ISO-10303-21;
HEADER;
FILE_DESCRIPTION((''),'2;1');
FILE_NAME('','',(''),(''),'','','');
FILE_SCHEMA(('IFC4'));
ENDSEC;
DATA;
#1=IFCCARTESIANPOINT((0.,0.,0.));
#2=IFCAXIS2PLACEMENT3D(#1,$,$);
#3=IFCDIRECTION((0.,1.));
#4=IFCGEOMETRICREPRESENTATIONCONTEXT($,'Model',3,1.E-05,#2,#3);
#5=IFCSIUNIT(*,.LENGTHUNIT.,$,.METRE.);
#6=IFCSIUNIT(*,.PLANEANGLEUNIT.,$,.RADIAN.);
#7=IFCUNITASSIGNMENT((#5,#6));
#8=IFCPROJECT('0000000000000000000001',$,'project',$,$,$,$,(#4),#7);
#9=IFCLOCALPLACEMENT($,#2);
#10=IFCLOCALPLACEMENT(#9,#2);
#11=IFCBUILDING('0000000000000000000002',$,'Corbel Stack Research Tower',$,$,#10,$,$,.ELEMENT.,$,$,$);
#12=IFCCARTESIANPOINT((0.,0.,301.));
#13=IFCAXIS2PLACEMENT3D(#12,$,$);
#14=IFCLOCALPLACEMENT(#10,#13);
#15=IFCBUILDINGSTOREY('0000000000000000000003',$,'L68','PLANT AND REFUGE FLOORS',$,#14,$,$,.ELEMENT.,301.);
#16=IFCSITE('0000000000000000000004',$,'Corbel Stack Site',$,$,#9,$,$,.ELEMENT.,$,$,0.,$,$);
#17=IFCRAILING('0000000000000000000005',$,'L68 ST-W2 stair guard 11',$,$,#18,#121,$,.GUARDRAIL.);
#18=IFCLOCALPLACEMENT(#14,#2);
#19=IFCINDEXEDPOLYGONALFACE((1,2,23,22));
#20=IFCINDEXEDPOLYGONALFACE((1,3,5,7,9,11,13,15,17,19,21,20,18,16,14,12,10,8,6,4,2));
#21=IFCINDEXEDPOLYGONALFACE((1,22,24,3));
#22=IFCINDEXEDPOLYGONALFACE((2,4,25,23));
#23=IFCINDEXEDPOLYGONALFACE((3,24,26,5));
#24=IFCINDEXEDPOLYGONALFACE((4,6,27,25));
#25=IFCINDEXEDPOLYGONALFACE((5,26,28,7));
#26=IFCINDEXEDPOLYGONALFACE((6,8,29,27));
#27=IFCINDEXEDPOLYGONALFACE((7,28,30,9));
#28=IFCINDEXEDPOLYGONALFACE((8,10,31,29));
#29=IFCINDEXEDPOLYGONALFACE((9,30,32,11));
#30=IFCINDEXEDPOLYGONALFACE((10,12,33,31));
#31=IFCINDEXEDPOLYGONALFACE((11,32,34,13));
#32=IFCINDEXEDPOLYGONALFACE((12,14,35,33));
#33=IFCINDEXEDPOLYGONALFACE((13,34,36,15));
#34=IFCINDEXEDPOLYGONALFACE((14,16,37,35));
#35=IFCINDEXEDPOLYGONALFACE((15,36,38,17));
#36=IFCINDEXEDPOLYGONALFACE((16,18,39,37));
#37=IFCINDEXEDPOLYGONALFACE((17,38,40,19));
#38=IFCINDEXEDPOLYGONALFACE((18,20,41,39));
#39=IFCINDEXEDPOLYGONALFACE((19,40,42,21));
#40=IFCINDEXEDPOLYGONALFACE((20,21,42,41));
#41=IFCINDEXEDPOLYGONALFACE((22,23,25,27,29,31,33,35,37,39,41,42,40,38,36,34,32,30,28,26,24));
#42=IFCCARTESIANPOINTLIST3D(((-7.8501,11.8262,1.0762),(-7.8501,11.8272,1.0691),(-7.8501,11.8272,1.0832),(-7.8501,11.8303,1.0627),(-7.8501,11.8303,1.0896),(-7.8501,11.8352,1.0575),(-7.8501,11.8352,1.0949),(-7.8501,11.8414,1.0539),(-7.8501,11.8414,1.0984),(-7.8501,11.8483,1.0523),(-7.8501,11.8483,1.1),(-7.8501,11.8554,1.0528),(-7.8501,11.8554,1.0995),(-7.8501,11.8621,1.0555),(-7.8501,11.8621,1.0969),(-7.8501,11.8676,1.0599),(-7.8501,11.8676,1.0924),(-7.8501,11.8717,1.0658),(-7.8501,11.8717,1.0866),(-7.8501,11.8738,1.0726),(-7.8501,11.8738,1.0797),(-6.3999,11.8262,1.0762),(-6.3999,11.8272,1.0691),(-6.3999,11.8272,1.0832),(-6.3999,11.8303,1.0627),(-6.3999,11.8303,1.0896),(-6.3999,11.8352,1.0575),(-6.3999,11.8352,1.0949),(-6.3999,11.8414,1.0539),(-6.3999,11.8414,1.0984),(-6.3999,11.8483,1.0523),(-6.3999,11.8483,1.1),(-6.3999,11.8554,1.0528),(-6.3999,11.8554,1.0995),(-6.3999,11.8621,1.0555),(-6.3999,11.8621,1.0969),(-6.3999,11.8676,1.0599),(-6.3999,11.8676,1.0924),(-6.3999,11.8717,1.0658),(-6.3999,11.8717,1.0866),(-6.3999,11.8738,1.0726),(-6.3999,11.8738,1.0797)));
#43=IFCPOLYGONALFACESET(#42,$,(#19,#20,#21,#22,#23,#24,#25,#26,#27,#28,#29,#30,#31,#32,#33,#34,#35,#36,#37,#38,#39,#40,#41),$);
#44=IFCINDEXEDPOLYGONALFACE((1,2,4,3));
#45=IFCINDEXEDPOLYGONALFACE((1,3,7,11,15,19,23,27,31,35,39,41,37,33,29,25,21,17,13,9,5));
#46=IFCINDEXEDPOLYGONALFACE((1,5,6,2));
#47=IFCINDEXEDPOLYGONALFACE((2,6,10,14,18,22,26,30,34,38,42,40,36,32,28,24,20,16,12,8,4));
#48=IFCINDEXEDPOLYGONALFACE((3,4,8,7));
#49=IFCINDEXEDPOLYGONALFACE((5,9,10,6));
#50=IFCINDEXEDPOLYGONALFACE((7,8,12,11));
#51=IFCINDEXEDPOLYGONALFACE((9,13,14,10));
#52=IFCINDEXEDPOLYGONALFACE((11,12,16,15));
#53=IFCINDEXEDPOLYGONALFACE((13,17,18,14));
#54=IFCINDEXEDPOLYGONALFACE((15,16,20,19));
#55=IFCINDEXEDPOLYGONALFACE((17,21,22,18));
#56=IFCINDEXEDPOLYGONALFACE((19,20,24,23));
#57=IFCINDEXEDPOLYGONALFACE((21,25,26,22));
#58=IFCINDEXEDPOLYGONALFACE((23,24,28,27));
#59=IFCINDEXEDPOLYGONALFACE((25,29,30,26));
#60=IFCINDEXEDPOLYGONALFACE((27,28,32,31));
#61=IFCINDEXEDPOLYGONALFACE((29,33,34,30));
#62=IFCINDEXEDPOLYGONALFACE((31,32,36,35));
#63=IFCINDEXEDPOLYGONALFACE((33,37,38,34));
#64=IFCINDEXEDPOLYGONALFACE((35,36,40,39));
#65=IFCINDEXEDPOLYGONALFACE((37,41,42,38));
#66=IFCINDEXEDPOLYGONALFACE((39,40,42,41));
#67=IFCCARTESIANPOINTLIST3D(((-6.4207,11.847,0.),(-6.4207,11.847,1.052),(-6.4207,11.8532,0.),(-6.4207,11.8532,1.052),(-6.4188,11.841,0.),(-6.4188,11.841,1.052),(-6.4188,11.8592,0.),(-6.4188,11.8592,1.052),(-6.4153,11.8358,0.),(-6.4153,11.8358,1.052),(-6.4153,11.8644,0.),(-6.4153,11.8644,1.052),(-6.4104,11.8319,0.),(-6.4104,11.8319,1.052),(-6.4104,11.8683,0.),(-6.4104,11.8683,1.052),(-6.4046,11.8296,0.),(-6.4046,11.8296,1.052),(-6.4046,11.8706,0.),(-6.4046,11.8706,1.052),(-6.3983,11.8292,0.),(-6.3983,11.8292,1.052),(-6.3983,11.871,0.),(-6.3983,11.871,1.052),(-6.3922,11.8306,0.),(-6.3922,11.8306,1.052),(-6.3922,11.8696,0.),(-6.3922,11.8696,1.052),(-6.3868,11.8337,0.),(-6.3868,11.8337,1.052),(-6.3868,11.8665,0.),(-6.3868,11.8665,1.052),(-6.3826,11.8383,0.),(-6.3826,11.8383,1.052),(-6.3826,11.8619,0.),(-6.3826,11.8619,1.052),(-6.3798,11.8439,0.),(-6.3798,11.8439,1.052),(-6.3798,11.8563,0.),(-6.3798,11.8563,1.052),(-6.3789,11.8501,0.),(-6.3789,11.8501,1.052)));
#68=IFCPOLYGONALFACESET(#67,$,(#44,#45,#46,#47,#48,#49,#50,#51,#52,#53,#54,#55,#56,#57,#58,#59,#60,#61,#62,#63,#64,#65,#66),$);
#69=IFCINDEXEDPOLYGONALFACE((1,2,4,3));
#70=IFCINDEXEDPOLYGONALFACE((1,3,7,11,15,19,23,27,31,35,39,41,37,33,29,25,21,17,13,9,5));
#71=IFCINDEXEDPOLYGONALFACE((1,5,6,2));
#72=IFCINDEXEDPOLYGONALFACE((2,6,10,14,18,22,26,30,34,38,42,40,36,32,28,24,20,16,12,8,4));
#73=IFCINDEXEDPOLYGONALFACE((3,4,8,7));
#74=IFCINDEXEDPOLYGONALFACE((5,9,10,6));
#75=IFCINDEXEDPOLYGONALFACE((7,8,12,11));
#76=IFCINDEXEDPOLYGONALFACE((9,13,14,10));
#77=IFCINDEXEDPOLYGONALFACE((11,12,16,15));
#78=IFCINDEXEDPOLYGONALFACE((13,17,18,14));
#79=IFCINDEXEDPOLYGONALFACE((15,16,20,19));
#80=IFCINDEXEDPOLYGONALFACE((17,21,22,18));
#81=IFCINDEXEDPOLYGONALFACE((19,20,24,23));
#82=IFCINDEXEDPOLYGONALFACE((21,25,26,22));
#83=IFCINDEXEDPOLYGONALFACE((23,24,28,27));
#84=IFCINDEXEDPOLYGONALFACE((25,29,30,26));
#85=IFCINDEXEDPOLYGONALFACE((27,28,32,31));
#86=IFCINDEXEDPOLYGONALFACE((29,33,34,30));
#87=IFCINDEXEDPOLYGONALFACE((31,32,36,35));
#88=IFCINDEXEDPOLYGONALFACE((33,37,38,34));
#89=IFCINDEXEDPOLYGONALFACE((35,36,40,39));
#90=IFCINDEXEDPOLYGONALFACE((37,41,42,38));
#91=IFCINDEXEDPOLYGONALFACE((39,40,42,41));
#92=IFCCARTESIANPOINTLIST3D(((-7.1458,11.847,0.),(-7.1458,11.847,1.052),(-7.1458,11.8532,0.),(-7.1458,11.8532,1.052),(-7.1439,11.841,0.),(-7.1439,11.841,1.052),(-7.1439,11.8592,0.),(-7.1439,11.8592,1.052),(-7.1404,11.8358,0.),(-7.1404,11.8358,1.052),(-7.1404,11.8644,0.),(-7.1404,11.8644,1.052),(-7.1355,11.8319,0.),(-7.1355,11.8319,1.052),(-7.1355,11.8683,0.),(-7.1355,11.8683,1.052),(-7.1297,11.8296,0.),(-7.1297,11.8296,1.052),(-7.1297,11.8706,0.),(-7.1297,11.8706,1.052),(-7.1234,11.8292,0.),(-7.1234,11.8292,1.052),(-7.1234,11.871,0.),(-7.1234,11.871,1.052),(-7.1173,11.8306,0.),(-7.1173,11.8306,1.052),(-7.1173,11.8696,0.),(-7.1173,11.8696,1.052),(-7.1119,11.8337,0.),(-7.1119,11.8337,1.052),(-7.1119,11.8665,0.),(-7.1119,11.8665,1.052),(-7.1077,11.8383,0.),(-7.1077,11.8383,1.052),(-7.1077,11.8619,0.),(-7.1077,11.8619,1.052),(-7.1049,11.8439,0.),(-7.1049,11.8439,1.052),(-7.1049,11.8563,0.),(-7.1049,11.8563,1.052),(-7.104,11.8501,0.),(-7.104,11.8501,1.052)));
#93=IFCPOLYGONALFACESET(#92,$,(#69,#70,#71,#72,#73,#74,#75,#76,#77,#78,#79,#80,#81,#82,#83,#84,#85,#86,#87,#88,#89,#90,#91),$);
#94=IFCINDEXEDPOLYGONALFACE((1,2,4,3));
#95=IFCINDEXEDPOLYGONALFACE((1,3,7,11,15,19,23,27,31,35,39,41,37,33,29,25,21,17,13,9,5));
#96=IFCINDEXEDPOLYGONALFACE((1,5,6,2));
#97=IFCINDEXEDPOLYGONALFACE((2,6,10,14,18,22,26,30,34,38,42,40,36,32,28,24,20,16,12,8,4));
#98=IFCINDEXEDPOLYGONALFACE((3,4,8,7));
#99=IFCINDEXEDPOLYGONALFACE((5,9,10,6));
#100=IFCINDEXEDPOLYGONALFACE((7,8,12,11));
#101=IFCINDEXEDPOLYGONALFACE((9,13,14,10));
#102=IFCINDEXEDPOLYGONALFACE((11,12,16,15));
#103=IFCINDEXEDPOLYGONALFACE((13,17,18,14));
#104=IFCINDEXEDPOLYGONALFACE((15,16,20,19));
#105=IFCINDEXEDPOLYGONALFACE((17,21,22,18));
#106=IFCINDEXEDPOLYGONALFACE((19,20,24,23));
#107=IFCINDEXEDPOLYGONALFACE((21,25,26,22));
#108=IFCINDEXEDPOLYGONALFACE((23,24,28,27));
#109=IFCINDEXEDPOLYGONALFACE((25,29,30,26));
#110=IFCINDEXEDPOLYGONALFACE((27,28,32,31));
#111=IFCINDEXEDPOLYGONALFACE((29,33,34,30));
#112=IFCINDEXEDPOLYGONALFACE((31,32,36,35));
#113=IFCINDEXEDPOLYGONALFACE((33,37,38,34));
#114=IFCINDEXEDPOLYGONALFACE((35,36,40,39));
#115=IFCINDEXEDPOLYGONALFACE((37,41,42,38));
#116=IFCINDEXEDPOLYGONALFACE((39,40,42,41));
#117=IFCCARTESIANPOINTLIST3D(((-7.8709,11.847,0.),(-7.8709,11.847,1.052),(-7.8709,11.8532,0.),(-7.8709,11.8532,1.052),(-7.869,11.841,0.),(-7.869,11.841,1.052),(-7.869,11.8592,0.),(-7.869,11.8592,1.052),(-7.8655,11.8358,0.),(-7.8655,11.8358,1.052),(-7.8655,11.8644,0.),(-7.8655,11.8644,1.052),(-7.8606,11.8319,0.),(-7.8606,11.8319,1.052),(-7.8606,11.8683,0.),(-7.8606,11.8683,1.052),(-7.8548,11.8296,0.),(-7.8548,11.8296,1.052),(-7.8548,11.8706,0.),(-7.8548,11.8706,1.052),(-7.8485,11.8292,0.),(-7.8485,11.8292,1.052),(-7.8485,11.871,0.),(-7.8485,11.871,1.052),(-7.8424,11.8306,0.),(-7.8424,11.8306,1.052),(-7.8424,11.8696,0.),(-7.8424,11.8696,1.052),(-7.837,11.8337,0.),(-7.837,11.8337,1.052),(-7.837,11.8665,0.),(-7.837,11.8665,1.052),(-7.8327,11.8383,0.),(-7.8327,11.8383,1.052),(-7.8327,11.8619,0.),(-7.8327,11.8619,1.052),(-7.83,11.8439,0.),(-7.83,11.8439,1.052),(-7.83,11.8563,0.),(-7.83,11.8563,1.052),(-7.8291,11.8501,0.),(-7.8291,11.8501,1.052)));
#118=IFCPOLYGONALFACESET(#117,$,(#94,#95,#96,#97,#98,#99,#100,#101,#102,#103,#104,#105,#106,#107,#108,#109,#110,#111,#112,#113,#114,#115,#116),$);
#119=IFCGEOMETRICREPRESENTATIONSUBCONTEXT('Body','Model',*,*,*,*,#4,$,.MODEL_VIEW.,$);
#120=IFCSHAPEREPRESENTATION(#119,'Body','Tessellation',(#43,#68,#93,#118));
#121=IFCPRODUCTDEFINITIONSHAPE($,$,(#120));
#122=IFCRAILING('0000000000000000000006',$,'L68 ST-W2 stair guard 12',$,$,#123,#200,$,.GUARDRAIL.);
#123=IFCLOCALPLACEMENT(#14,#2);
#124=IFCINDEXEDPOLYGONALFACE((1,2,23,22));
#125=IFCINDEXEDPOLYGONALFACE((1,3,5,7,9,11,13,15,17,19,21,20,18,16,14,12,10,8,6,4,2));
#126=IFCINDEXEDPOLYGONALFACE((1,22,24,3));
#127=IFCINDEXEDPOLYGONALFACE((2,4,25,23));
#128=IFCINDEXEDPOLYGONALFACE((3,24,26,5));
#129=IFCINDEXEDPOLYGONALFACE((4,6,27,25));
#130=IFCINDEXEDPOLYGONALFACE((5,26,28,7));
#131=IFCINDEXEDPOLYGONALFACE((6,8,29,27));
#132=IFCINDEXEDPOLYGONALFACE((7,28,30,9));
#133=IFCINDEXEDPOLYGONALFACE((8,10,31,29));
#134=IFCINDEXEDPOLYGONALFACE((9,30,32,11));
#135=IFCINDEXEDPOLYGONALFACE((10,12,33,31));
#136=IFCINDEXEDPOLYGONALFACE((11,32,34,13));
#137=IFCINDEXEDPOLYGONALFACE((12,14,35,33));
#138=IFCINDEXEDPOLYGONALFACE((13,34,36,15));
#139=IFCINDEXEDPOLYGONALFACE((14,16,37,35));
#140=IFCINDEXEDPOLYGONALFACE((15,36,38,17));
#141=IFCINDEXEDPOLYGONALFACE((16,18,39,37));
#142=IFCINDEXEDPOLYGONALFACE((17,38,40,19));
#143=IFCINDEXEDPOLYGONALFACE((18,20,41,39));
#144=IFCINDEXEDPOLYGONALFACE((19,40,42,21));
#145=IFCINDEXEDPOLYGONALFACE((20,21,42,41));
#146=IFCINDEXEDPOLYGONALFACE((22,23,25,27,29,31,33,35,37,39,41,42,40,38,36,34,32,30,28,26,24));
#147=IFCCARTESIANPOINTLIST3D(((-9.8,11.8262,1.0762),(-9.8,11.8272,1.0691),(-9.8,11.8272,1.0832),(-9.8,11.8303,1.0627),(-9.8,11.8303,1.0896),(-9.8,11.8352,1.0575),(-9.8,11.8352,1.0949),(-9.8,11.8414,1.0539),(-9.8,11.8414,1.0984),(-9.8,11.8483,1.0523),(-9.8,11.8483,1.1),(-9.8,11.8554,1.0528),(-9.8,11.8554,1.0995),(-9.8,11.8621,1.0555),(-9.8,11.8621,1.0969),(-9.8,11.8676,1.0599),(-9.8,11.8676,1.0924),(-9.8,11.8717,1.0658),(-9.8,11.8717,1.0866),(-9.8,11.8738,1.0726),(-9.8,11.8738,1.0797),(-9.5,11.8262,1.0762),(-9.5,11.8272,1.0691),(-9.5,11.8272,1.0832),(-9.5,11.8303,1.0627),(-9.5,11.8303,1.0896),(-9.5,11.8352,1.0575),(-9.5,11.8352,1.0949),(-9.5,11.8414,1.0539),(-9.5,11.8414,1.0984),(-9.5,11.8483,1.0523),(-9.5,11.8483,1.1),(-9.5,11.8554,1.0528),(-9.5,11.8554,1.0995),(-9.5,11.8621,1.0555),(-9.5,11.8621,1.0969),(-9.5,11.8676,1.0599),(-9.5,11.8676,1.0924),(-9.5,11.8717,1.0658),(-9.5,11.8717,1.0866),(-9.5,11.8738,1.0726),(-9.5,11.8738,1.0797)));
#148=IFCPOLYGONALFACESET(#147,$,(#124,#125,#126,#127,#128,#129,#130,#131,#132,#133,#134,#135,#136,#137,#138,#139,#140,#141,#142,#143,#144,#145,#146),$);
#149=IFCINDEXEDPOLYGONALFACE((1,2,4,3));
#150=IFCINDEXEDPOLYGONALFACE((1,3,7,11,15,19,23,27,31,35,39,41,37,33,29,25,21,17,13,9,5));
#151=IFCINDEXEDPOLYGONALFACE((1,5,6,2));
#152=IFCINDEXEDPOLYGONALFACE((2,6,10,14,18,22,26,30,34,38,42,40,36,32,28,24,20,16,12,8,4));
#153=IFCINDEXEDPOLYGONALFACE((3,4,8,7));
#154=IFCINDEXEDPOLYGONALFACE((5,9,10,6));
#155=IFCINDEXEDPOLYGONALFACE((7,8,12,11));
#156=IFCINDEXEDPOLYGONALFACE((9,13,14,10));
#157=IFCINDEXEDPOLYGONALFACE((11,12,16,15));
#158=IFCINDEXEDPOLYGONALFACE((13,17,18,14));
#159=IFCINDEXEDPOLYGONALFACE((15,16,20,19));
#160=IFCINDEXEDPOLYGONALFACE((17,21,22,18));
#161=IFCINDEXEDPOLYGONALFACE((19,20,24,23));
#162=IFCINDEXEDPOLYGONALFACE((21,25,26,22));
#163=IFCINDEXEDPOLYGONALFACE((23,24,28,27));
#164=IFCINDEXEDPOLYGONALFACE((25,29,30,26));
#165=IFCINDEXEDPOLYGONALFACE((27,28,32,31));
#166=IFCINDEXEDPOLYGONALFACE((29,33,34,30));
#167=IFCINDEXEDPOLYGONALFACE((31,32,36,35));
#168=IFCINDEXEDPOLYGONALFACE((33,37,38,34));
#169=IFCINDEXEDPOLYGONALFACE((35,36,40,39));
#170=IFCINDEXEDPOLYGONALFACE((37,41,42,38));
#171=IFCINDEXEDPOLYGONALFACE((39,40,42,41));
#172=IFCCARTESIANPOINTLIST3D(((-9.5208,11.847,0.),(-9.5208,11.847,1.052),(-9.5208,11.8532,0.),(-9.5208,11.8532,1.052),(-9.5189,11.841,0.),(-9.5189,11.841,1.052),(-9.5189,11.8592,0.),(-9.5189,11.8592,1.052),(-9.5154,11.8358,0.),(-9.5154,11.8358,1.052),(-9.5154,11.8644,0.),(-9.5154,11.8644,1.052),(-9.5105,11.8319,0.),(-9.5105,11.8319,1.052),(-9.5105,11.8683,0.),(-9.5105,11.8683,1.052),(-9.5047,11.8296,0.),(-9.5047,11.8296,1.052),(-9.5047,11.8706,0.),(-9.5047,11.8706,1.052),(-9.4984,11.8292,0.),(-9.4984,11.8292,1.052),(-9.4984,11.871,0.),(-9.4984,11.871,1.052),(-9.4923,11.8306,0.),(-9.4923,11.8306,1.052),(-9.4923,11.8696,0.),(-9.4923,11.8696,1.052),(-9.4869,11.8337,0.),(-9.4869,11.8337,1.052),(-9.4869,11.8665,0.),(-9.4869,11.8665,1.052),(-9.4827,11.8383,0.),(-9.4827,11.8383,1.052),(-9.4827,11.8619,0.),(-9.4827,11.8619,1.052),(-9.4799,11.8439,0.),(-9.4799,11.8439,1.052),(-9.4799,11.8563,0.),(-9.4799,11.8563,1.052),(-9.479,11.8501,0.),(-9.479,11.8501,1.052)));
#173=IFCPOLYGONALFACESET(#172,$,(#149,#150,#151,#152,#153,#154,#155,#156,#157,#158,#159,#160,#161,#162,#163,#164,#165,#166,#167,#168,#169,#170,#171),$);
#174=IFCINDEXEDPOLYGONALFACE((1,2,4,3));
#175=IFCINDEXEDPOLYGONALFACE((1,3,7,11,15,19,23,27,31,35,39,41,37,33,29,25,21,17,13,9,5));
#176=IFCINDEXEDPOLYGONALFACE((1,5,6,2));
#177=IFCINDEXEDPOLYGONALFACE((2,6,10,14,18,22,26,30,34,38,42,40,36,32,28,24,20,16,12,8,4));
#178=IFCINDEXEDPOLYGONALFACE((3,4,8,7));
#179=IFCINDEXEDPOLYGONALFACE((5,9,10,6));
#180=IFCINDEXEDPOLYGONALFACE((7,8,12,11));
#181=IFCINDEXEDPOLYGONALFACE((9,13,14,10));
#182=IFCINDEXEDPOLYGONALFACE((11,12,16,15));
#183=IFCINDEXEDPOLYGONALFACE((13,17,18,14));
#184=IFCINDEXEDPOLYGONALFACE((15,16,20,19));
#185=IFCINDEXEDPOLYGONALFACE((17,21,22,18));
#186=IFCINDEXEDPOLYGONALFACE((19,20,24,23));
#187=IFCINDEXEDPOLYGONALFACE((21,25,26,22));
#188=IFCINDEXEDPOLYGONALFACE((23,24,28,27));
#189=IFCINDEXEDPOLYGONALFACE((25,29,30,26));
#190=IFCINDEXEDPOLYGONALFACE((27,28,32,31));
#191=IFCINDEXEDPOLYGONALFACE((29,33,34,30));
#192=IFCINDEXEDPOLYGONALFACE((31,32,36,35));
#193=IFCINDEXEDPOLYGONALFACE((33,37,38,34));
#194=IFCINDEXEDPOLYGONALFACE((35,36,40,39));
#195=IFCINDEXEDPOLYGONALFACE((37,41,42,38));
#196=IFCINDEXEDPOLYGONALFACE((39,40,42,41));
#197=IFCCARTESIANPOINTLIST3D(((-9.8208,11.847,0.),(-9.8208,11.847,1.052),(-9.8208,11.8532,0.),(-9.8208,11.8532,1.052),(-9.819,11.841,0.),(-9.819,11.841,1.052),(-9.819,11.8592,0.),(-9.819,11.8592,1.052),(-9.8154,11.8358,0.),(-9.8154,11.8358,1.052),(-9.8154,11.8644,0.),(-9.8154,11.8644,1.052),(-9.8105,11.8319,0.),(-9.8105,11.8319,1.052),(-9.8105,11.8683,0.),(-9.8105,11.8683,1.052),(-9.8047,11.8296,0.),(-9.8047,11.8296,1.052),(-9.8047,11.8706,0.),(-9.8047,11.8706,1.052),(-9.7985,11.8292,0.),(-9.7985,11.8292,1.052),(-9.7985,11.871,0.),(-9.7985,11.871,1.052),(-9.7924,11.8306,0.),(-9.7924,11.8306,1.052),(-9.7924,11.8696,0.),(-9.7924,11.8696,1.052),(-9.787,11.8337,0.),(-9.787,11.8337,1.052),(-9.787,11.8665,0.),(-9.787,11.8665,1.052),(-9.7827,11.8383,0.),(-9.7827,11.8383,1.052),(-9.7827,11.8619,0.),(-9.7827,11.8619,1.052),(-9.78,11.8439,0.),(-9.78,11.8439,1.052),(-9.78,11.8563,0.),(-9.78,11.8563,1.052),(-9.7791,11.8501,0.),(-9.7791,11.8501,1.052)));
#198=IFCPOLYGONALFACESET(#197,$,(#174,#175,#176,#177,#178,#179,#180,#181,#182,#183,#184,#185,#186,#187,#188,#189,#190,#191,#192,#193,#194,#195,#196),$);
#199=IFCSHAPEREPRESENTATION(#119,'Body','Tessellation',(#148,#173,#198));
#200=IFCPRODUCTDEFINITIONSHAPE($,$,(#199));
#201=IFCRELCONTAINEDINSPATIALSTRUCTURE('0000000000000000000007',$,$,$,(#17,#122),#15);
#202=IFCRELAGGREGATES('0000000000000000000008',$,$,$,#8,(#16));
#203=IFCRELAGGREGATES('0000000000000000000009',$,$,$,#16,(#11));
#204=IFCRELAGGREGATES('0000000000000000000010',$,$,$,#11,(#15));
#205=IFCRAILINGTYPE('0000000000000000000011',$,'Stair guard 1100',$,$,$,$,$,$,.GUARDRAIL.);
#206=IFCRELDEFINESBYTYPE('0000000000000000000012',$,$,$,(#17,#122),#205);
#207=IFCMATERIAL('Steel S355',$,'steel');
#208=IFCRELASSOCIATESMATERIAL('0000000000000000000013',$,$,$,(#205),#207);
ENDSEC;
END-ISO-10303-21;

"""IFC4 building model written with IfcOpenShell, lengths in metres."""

from ifc_helpers import new_model, si_unit, direction, frame, origin, origin_2d, place, context, subcontext, project, spatial, circle, extrude, material, type_object, element, save


model = new_model("IFC4")

# Units and contexts
model_context = context("Model", 3, precision=1e-05, world=origin(), true_north=direction((0.0, 1.0)))
body_context = subcontext(model_context, "Body", "Model", "MODEL_VIEW")
ifc_project = project(units=[si_unit("LENGTHUNIT", "METRE"), si_unit("PLANEANGLEUNIT", "RADIAN")], contexts=[model_context])

# Site, building, storey
site_placement = place(None, origin())
site = spatial("IfcSite", under=ifc_project, at=site_placement, Name="Corbel Stack Site", CompositionType="ELEMENT", RefElevation=0.0)
building_placement = place(site_placement, origin())
building = spatial("IfcBuilding", under=site, at=building_placement, Name="Corbel Stack Research Tower", CompositionType="ELEMENT")
storey_placement = place(building_placement, frame((0.0, 0.0, 301.0)))
storey = spatial("IfcBuildingStorey", under=building, at=storey_placement, Name="L68", Description="PLANT AND REFUGE FLOORS", CompositionType="ELEMENT", Elevation=301.0)

# Railings
ifc_material_1 = material(Name="Steel S355", Category="steel")
railing_type_1 = type_object("IfcRailingType", Name="Stair guard 1100", PredefinedType="GUARDRAIL", material=ifc_material_1)
railing_1_placement = place(storey_placement, frame((-6.3999, 11.8501, 0.0)))
element("IfcRailing", 1, at=railing_1_placement, inside=storey, type_object=railing_type_1, Name="L68 ST-W2 stair guard 11", PredefinedType="GUARDRAIL", context=body_context, shape_type="SweptSolid", body=[
    extrude(circle(Radius=0.0239, at=origin_2d()), frame((0.0, 0.0, 1.0762), z_axis=(-1.0, 0.0, 0.0), x_axis=(0.0, -1.0, 0.0)), (0.0, 0.0, 1.0), 1.4502),
    extrude(circle(Radius=0.021, at=origin_2d()), origin(), (0.0, 0.0, 1.0), 1.052),
    extrude(circle(Radius=0.021, at=origin_2d()), frame((-0.7251, 0.0, 0.0)), (0.0, 0.0, 1.0), 1.052),
    extrude(circle(Radius=0.021, at=origin_2d()), frame((-1.4502, 0.0, 0.0)), (0.0, 0.0, 1.0), 1.052),
])
railing_2_placement = place(storey_placement, frame((-9.5, 11.8501, 0.0)))
element("IfcRailing", 2, at=railing_2_placement, inside=storey, type_object=railing_type_1, Name="L68 ST-W2 stair guard 12", PredefinedType="GUARDRAIL", context=body_context, shape_type="SweptSolid", body=[
    extrude(circle(Radius=0.0239, at=origin_2d()), frame((0.0, 0.0, 1.0762), z_axis=(-1.0, 0.0, 0.0), x_axis=(0.0, -1.0, 0.0)), (0.0, 0.0, 1.0), 0.3),
    extrude(circle(Radius=0.021, at=origin_2d()), origin(), (0.0, 0.0, 1.0), 1.052),
    extrude(circle(Radius=0.021, at=origin_2d()), frame((-0.3, 0.0, 0.0)), (0.0, 0.0, 1.0), 1.052),
])

save(model, "model.ifc")
